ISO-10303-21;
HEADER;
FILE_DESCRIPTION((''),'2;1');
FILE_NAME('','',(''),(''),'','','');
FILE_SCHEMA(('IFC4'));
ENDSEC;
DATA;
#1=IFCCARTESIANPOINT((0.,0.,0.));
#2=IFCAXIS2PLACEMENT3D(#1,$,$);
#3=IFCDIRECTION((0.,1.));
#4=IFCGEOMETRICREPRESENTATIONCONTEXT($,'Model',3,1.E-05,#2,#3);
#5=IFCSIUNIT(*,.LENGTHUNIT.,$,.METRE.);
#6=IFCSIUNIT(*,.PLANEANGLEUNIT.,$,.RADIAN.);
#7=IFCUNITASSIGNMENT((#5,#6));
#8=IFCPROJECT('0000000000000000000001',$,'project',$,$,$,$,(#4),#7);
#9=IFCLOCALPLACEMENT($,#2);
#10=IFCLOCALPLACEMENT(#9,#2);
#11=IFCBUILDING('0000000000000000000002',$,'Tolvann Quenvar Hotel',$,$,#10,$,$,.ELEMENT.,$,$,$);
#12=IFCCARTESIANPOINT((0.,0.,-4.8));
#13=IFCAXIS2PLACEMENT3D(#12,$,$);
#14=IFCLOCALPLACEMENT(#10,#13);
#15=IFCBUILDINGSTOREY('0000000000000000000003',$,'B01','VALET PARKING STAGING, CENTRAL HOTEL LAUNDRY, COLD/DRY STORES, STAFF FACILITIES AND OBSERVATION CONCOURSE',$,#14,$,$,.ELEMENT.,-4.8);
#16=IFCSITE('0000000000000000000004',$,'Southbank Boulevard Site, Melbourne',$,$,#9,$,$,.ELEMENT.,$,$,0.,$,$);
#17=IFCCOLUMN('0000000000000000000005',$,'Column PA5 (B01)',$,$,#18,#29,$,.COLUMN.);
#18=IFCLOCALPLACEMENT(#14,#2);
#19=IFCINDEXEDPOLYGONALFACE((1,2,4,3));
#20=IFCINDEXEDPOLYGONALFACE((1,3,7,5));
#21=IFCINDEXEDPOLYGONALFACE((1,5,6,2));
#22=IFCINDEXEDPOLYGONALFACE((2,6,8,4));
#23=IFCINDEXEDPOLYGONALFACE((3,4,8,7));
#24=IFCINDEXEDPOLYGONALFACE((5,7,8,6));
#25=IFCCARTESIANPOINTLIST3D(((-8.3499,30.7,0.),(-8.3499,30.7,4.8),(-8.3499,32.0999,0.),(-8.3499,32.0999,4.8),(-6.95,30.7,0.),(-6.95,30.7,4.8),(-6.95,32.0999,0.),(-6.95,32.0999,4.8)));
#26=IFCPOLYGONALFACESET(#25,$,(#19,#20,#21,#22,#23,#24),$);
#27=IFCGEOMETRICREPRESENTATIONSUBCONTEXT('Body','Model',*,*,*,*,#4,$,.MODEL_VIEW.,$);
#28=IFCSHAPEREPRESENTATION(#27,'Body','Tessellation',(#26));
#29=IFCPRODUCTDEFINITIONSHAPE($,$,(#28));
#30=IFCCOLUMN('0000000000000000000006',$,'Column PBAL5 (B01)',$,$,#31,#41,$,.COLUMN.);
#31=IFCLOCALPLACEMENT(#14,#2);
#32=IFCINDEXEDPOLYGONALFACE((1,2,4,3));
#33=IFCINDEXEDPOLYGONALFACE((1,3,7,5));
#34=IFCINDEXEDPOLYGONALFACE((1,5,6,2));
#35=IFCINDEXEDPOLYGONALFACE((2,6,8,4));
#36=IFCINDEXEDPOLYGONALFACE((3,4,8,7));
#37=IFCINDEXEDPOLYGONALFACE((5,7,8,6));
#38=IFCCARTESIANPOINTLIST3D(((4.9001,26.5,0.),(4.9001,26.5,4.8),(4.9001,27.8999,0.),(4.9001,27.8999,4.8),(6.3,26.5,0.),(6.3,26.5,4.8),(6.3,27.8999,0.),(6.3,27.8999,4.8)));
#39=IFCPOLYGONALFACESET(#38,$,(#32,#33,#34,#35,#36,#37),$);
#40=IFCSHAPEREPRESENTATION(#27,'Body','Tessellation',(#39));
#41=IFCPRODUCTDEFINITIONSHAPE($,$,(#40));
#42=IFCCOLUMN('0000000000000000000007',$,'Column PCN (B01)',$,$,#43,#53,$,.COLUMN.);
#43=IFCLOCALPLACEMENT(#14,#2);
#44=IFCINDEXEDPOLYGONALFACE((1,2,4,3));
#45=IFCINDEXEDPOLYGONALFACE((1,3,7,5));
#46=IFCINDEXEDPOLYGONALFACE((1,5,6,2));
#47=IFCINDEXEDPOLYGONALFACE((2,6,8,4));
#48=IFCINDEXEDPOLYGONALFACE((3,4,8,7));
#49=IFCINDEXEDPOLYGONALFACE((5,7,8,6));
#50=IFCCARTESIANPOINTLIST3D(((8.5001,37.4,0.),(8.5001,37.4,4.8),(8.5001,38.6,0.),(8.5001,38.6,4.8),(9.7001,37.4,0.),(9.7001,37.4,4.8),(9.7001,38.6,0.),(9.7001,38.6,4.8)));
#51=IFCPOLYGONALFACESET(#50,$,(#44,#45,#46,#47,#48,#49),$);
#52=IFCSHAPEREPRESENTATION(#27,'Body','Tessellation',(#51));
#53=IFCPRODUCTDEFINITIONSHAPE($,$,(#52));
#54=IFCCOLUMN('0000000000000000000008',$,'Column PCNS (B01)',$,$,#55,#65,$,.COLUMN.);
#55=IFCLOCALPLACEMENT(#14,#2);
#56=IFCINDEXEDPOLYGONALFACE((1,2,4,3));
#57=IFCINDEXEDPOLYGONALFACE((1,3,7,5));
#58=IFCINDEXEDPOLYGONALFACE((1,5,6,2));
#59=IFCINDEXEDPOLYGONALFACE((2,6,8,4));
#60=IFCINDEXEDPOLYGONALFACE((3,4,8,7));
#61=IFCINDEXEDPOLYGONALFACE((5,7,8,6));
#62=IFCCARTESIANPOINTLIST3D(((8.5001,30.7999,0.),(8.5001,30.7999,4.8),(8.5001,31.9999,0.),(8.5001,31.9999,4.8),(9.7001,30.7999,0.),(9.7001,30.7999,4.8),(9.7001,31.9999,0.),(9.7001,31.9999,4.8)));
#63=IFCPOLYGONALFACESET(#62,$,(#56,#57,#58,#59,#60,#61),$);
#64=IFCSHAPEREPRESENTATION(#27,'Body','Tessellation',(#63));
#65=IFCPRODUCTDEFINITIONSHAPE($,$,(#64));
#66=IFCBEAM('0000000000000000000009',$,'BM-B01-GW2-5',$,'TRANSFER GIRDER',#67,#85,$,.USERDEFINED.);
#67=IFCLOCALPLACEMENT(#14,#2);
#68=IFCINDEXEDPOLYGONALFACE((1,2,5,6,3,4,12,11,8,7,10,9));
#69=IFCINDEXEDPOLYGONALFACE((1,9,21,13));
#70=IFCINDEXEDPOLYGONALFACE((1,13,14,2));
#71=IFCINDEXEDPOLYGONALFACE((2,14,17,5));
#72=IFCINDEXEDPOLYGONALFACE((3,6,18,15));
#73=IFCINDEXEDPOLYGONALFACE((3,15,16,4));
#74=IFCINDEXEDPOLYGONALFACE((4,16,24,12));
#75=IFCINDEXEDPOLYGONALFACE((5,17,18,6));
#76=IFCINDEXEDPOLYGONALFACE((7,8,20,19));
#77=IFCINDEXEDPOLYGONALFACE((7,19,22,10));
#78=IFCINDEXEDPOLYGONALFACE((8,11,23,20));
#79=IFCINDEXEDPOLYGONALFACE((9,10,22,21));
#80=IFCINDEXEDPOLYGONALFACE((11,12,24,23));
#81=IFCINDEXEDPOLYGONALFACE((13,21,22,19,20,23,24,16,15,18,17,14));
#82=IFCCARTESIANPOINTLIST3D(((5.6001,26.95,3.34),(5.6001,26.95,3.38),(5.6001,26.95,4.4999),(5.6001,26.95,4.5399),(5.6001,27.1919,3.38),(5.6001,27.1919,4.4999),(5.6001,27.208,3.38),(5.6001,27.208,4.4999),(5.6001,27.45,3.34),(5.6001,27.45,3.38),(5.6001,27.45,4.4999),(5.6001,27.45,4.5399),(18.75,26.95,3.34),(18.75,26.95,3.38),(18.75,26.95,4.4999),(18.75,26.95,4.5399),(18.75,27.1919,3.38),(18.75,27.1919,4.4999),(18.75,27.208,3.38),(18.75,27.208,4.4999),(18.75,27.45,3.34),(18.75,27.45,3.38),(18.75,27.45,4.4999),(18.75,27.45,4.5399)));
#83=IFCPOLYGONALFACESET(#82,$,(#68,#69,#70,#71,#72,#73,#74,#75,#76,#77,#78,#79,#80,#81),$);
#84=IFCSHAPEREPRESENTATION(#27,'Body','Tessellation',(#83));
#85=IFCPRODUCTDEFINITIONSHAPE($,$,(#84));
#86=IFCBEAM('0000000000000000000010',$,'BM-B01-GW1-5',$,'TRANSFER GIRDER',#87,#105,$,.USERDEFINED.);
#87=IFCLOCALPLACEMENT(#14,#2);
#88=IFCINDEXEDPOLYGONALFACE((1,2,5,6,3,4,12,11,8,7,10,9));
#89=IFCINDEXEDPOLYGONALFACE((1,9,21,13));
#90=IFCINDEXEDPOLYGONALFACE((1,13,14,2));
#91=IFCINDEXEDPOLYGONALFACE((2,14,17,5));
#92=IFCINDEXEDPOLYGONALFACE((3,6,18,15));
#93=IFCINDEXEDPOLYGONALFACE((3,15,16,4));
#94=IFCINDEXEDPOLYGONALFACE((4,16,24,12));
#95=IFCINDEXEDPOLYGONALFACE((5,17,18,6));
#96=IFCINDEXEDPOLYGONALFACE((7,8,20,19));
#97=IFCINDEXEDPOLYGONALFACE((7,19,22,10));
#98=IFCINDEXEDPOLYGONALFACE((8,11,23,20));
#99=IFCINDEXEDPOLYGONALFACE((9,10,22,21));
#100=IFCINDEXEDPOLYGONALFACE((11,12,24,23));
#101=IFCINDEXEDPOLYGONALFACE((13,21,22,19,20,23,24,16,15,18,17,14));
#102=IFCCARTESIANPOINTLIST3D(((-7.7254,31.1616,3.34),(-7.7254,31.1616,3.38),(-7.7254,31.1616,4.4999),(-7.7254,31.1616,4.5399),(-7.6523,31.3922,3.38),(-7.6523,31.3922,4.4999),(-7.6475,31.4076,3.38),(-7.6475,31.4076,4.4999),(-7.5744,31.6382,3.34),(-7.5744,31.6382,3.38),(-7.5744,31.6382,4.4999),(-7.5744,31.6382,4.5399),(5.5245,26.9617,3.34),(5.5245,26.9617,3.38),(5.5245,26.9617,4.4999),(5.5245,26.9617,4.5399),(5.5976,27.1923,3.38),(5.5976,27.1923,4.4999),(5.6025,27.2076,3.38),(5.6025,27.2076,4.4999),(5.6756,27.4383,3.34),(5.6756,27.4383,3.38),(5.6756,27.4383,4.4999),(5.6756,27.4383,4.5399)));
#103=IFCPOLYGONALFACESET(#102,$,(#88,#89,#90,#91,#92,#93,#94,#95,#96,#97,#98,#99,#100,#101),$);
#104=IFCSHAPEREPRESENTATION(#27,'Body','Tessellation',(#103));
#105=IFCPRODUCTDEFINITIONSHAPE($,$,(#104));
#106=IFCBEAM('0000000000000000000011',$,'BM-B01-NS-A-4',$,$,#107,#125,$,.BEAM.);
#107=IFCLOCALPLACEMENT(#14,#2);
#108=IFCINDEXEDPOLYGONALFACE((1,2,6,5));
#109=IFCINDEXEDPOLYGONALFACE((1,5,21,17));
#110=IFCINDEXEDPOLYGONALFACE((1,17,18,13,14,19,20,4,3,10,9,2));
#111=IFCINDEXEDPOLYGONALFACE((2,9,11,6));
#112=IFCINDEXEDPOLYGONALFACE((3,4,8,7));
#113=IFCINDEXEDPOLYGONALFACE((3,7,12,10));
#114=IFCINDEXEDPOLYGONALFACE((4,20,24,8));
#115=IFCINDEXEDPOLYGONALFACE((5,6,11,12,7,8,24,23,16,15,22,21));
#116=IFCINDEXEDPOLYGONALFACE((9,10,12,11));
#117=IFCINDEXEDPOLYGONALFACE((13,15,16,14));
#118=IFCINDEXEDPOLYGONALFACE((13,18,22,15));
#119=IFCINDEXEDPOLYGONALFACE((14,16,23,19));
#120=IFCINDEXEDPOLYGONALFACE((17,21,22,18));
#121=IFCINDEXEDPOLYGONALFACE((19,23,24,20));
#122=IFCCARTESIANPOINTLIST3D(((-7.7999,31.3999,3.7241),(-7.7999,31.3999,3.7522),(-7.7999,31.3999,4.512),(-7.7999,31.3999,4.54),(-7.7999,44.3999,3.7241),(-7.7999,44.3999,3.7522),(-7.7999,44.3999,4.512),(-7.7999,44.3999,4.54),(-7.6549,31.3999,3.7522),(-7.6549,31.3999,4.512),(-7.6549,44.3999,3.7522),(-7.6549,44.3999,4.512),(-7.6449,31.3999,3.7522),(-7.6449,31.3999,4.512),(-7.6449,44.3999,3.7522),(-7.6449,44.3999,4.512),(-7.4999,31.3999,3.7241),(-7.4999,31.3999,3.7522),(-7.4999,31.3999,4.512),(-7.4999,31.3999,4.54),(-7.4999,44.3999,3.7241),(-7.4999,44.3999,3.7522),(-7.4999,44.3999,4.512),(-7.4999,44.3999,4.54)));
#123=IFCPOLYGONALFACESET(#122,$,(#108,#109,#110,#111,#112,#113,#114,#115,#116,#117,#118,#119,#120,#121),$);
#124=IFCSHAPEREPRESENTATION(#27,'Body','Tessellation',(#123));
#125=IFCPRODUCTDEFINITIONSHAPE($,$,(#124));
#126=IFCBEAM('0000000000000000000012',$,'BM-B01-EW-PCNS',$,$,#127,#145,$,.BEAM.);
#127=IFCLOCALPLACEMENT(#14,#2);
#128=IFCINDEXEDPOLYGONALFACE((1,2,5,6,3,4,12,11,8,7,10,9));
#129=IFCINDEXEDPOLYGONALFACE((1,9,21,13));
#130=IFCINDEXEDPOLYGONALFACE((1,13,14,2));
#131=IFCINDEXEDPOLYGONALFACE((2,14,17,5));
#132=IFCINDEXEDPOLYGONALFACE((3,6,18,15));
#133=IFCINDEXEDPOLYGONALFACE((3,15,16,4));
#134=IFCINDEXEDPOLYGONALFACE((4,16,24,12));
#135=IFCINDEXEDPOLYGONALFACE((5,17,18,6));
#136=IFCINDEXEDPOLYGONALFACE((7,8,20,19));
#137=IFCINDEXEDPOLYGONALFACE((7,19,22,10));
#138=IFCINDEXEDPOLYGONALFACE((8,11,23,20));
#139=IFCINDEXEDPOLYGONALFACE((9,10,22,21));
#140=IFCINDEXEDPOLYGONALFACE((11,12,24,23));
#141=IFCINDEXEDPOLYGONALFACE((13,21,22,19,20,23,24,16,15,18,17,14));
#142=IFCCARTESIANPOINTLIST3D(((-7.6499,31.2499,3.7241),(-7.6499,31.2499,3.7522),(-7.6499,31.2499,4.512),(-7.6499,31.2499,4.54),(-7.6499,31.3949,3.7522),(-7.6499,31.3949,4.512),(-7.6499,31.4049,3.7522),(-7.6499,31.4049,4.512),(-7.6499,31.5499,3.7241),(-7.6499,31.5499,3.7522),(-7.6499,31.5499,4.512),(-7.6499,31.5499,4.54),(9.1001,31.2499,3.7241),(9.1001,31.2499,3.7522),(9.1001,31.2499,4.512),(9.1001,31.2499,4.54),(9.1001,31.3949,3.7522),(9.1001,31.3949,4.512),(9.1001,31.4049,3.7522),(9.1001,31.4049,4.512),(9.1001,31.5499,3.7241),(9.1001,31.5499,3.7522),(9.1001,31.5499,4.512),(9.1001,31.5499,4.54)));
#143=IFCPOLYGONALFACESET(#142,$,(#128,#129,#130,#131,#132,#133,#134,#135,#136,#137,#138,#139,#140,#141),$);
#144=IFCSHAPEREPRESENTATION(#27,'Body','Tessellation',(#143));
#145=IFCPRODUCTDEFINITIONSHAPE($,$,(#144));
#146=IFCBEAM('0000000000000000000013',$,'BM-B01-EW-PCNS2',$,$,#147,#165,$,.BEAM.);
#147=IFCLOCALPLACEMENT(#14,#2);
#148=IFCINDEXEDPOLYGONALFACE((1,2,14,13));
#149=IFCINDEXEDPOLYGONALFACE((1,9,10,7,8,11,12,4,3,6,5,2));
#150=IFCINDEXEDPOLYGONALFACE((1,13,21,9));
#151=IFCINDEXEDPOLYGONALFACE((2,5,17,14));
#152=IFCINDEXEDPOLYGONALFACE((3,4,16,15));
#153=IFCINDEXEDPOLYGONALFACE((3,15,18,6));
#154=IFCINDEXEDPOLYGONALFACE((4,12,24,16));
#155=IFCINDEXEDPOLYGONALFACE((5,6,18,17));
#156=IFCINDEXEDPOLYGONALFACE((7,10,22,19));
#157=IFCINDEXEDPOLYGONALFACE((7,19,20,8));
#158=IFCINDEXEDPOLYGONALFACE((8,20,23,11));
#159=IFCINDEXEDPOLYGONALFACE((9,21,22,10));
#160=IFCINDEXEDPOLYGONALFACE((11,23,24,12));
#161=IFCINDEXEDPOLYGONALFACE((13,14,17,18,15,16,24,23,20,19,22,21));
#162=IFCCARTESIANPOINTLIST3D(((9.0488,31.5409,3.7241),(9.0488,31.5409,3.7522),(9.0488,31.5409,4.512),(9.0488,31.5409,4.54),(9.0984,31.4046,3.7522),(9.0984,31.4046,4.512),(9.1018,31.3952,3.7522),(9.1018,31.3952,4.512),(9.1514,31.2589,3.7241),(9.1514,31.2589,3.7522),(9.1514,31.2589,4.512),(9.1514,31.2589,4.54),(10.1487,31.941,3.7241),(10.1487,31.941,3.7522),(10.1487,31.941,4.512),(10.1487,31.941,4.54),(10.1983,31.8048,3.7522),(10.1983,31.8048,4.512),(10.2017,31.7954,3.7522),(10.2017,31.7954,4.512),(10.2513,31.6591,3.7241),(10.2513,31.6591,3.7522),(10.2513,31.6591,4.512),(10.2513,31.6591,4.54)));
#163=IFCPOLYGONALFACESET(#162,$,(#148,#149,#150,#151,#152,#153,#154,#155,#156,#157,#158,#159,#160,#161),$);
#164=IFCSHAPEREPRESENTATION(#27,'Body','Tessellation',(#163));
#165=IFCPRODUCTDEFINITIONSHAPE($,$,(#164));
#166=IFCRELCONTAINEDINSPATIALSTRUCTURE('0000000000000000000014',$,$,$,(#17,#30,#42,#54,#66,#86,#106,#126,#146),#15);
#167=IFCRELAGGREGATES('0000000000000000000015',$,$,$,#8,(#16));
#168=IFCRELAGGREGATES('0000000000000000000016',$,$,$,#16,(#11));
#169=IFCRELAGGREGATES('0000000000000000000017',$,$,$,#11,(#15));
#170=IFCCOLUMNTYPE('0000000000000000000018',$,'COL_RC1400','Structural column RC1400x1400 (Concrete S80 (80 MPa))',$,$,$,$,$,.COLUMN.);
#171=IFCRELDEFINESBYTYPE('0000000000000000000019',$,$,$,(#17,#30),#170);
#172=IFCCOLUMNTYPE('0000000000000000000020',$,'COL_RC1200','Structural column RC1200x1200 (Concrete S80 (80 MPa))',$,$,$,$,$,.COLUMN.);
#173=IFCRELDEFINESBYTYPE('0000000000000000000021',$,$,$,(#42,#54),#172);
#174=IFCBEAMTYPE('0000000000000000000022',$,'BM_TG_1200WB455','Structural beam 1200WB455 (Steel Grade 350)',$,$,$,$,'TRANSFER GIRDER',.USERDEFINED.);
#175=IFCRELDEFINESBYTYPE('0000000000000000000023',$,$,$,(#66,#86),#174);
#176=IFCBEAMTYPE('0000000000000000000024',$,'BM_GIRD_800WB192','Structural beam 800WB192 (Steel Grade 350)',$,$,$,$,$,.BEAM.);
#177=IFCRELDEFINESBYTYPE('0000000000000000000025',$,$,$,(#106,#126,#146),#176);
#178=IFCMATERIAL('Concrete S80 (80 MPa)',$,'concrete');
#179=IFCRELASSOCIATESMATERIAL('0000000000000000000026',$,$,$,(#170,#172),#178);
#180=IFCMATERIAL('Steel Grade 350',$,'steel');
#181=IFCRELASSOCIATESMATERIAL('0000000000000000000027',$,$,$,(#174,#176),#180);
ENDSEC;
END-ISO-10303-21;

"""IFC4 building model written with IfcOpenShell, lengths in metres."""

from ifc_helpers import new_model, si_unit, direction, frame, origin, origin_2d, place, context, subcontext, project, spatial, rectangle, i_section, extrude, source, transform, mapped, material, material_profile, profile_set, type_object, type_shapes, element, save


model = new_model("IFC4")

# Units and contexts
model_context = context("Model", 3, precision=1e-05, world=origin(), true_north=direction((0.0, 1.0)))
body_context = subcontext(model_context, "Body", "Model", "MODEL_VIEW")
ifc_project = project(units=[si_unit("LENGTHUNIT", "METRE"), si_unit("PLANEANGLEUNIT", "RADIAN")], contexts=[model_context])

# Site, building, storey
site_placement = place(None, origin())
site = spatial("IfcSite", under=ifc_project, at=site_placement, Name="Southbank Boulevard Site, Melbourne", CompositionType="ELEMENT", RefElevation=0.0)
building_placement = place(site_placement, origin())
building = spatial("IfcBuilding", under=site, at=building_placement, Name="Tolvann Quenvar Hotel", CompositionType="ELEMENT")
storey_placement = place(building_placement, frame((0.0, 0.0, -4.8)))
storey = spatial("IfcBuildingStorey", under=building, at=storey_placement, Name="B01", Description="VALET PARKING STAGING, CENTRAL HOTEL LAUNDRY, COLD/DRY STORES, STAFF FACILITIES AND OBSERVATION CONCOURSE", CompositionType="ELEMENT", Elevation=-4.8)

# Columns
ifc_material_1 = material(Name="Concrete S80 (80 MPa)", Category="concrete")
ifc_material_profile_1 = material_profile(ifc_material_1, rectangle(XDim=1.3999, YDim=1.3999, at=origin_2d()), Name="RC1400x1400")
ifc_profile_set_1 = profile_set([ifc_material_profile_1], Name="Concrete S80 (80 MPa)")
column_type_1 = type_object("IfcColumnType", Name="COL_RC1400", Description="Structural column RC1400x1400 (Concrete S80 (80 MPa))", PredefinedType="COLUMN", material=ifc_profile_set_1)
shared_shape_1 = source(origin(), body_context, "Body", "SweptSolid", [
    extrude(rectangle(XDim=1.3999, YDim=1.3999, at=origin_2d()), origin(), (0.0, 0.0, 1.0), 4.8),
])
type_shapes(column_type_1, [shared_shape_1])
for number, where, z_axis, x_axis, name in (
    (1, (-7.6499, 31.3999, 0.0), (0.0, 0.0, 1.0), (1.0, 0.0, 0.0), "Column PA5 (B01)"),
    (2, (5.6001, 27.2, 0.0), (0.0, 0.0, 1.0), (1.0, 0.0, 0.0), "Column PBAL5 (B01)"),
):
    element("IfcColumn", number, at=place(storey_placement, frame(where, z_axis=z_axis, x_axis=x_axis)), inside=storey, type_object=column_type_1, Name=name, PredefinedType="COLUMN", context=body_context, shape_type="MappedRepresentation", body=[
        mapped(shared_shape_1, transform((0.0, 0.0, 0.0), x_axis=(1.0, 0.0, 0.0), y_axis=(0.0, 1.0, 0.0), z_axis=(0.0, 0.0, 1.0), scale=1.0)),
    ])
ifc_material_profile_2 = material_profile(ifc_material_1, rectangle(XDim=1.2, YDim=1.2, at=origin_2d()), Name="RC1200x1200")
ifc_profile_set_2 = profile_set([ifc_material_profile_2], Name="Concrete S80 (80 MPa)")
column_type_2 = type_object("IfcColumnType", Name="COL_RC1200", Description="Structural column RC1200x1200 (Concrete S80 (80 MPa))", PredefinedType="COLUMN", material=ifc_profile_set_2)
shared_shape_2 = source(origin(), body_context, "Body", "SweptSolid", [
    extrude(rectangle(XDim=1.2, YDim=1.2, at=origin_2d()), origin(), (0.0, 0.0, 1.0), 4.8),
])
type_shapes(column_type_2, [shared_shape_2])
for number, where, z_axis, x_axis, name in (
    (3, (9.1001, 38.0, 0.0), (0.0, 0.0, 1.0), (1.0, 0.0, 0.0), "Column PCN (B01)"),
    (4, (9.1001, 31.3999, 0.0), (0.0, 0.0, 1.0), (1.0, 0.0, 0.0), "Column PCNS (B01)"),
):
    element("IfcColumn", number, at=place(storey_placement, frame(where, z_axis=z_axis, x_axis=x_axis)), inside=storey, type_object=column_type_2, Name=name, PredefinedType="COLUMN", context=body_context, shape_type="MappedRepresentation", body=[
        mapped(shared_shape_2, transform((0.0, 0.0, 0.0), x_axis=(1.0, 0.0, 0.0), y_axis=(0.0, 1.0, 0.0), z_axis=(0.0, 0.0, 1.0), scale=1.0)),
    ])

# Beams
ifc_material_2 = material(Name="Steel Grade 350", Category="steel")
ifc_material_profile_3 = material_profile(ifc_material_2, i_section(OverallWidth=0.5, OverallDepth=1.2, WebThickness=0.0161, FlangeThickness=0.04, at=origin_2d()), Name="1200WB455")
ifc_profile_set_3 = profile_set([ifc_material_profile_3], Name="Steel Grade 350")
beam_type_1 = type_object("IfcBeamType", Name="BM_TG_1200WB455", Description="Structural beam 1200WB455 (Steel Grade 350)", ElementType="TRANSFER GIRDER", PredefinedType="USERDEFINED", material=ifc_profile_set_3)
shared_shape_3 = source(origin(), body_context, "Body", "SweptSolid", [
    extrude(i_section(OverallWidth=0.5, OverallDepth=1.2, WebThickness=0.0161, FlangeThickness=0.04, at=origin_2d()), origin(), (0.0, 0.0, 1.0), 13.1499),
])
beam_1_placement = place(storey_placement, frame((5.6001, 27.2, 3.9399), z_axis=(1.0, 0.0, 0.0), x_axis=(0.0, 1.0, 0.0)))
element("IfcBeam", 5, at=beam_1_placement, inside=storey, type_object=beam_type_1, Name="BM-B01-GW2-5", ObjectType="TRANSFER GIRDER", PredefinedType="USERDEFINED", context=body_context, shape_type="MappedRepresentation", body=[
    mapped(shared_shape_3, transform((0.0, 0.0, 0.0), x_axis=(1.0, 0.0, 0.0), y_axis=(0.0, 1.0, 0.0), z_axis=(0.0, 0.0, 1.0), scale=1.0)),
])
shared_shape_4 = source(origin(), body_context, "Body", "SweptSolid", [
    extrude(i_section(OverallWidth=0.5, OverallDepth=1.2, WebThickness=0.0161, FlangeThickness=0.04, at=origin_2d()), origin(), (0.0, 0.0, 1.0), 13.8997),
])
type_shapes(beam_type_1, [shared_shape_3, shared_shape_4])
beam_2_placement = place(storey_placement, frame((-7.6499, 31.3999, 3.9399), z_axis=(0.953257, -0.302161, 0.0), x_axis=(0.302161, 0.953257, 0.0)))
element("IfcBeam", 6, at=beam_2_placement, inside=storey, type_object=beam_type_1, Name="BM-B01-GW1-5", ObjectType="TRANSFER GIRDER", PredefinedType="USERDEFINED", context=body_context, shape_type="MappedRepresentation", body=[
    mapped(shared_shape_4, transform((0.0, 0.0, 0.0), x_axis=(1.0, 0.0, 0.0), y_axis=(0.0, 1.0, 0.0), z_axis=(0.0, 0.0, 1.0), scale=1.0)),
])
ifc_material_profile_4 = material_profile(ifc_material_2, i_section(OverallWidth=0.3, OverallDepth=0.8159, WebThickness=0.01, FlangeThickness=0.0281, at=origin_2d()), Name="800WB192")
ifc_profile_set_4 = profile_set([ifc_material_profile_4], Name="Steel Grade 350")
beam_type_2 = type_object("IfcBeamType", Name="BM_GIRD_800WB192", Description="Structural beam 800WB192 (Steel Grade 350)", PredefinedType="BEAM", material=ifc_profile_set_4)
shared_shape_5 = source(origin(), body_context, "Body", "SweptSolid", [
    extrude(i_section(OverallWidth=0.3, OverallDepth=0.8159, WebThickness=0.01, FlangeThickness=0.0281, at=origin_2d()), origin(), (0.0, 0.0, 1.0), 13.0),
])
beam_3_placement = place(storey_placement, frame((-7.6499, 31.3999, 4.1321), z_axis=(0.0, 1.0, 0.0), x_axis=(-1.0, 0.0, 0.0)))
element("IfcBeam", 7, at=beam_3_placement, inside=storey, type_object=beam_type_2, Name="BM-B01-NS-A-4", PredefinedType="BEAM", context=body_context, shape_type="MappedRepresentation", body=[
    mapped(shared_shape_5, transform((0.0, 0.0, 0.0), x_axis=(1.0, 0.0, 0.0), y_axis=(0.0, 1.0, 0.0), z_axis=(0.0, 0.0, 1.0), scale=1.0)),
])
shared_shape_6 = source(origin(), body_context, "Body", "SweptSolid", [
    extrude(i_section(OverallWidth=0.3, OverallDepth=0.8159, WebThickness=0.01, FlangeThickness=0.0281, at=origin_2d()), origin(), (0.0, 0.0, 1.0), 16.75),
])
beam_4_placement = place(storey_placement, frame((-7.6499, 31.3999, 4.1321), z_axis=(1.0, 0.0, 0.0), x_axis=(0.0, 1.0, 0.0)))
element("IfcBeam", 8, at=beam_4_placement, inside=storey, type_object=beam_type_2, Name="BM-B01-EW-PCNS", PredefinedType="BEAM", context=body_context, shape_type="MappedRepresentation", body=[
    mapped(shared_shape_6, transform((0.0, 0.0, 0.0), x_axis=(1.0, 0.0, 0.0), y_axis=(0.0, 1.0, 0.0), z_axis=(0.0, 0.0, 1.0), scale=1.0)),
])
shared_shape_7 = source(origin(), body_context, "Body", "SweptSolid", [
    extrude(i_section(OverallWidth=0.3, OverallDepth=0.8159, WebThickness=0.01, FlangeThickness=0.0281, at=origin_2d()), origin(), (0.0, 0.0, 1.0), 1.1704),
])
beam_5_placement = place(storey_placement, frame((9.1001, 31.3999, 4.1321), z_axis=(0.939739, 0.341894, 0.0), x_axis=(-0.341894, 0.939739, 0.0)))
element("IfcBeam", 9, at=beam_5_placement, inside=storey, type_object=beam_type_2, Name="BM-B01-EW-PCNS2", PredefinedType="BEAM", context=body_context, shape_type="MappedRepresentation", body=[
    mapped(shared_shape_7, transform((0.0, 0.0, 0.0), x_axis=(1.0, 0.0, 0.0), y_axis=(0.0, 1.0, 0.0), z_axis=(0.0, 0.0, 1.0), scale=1.0)),
])

save(model, "model.ifc")
